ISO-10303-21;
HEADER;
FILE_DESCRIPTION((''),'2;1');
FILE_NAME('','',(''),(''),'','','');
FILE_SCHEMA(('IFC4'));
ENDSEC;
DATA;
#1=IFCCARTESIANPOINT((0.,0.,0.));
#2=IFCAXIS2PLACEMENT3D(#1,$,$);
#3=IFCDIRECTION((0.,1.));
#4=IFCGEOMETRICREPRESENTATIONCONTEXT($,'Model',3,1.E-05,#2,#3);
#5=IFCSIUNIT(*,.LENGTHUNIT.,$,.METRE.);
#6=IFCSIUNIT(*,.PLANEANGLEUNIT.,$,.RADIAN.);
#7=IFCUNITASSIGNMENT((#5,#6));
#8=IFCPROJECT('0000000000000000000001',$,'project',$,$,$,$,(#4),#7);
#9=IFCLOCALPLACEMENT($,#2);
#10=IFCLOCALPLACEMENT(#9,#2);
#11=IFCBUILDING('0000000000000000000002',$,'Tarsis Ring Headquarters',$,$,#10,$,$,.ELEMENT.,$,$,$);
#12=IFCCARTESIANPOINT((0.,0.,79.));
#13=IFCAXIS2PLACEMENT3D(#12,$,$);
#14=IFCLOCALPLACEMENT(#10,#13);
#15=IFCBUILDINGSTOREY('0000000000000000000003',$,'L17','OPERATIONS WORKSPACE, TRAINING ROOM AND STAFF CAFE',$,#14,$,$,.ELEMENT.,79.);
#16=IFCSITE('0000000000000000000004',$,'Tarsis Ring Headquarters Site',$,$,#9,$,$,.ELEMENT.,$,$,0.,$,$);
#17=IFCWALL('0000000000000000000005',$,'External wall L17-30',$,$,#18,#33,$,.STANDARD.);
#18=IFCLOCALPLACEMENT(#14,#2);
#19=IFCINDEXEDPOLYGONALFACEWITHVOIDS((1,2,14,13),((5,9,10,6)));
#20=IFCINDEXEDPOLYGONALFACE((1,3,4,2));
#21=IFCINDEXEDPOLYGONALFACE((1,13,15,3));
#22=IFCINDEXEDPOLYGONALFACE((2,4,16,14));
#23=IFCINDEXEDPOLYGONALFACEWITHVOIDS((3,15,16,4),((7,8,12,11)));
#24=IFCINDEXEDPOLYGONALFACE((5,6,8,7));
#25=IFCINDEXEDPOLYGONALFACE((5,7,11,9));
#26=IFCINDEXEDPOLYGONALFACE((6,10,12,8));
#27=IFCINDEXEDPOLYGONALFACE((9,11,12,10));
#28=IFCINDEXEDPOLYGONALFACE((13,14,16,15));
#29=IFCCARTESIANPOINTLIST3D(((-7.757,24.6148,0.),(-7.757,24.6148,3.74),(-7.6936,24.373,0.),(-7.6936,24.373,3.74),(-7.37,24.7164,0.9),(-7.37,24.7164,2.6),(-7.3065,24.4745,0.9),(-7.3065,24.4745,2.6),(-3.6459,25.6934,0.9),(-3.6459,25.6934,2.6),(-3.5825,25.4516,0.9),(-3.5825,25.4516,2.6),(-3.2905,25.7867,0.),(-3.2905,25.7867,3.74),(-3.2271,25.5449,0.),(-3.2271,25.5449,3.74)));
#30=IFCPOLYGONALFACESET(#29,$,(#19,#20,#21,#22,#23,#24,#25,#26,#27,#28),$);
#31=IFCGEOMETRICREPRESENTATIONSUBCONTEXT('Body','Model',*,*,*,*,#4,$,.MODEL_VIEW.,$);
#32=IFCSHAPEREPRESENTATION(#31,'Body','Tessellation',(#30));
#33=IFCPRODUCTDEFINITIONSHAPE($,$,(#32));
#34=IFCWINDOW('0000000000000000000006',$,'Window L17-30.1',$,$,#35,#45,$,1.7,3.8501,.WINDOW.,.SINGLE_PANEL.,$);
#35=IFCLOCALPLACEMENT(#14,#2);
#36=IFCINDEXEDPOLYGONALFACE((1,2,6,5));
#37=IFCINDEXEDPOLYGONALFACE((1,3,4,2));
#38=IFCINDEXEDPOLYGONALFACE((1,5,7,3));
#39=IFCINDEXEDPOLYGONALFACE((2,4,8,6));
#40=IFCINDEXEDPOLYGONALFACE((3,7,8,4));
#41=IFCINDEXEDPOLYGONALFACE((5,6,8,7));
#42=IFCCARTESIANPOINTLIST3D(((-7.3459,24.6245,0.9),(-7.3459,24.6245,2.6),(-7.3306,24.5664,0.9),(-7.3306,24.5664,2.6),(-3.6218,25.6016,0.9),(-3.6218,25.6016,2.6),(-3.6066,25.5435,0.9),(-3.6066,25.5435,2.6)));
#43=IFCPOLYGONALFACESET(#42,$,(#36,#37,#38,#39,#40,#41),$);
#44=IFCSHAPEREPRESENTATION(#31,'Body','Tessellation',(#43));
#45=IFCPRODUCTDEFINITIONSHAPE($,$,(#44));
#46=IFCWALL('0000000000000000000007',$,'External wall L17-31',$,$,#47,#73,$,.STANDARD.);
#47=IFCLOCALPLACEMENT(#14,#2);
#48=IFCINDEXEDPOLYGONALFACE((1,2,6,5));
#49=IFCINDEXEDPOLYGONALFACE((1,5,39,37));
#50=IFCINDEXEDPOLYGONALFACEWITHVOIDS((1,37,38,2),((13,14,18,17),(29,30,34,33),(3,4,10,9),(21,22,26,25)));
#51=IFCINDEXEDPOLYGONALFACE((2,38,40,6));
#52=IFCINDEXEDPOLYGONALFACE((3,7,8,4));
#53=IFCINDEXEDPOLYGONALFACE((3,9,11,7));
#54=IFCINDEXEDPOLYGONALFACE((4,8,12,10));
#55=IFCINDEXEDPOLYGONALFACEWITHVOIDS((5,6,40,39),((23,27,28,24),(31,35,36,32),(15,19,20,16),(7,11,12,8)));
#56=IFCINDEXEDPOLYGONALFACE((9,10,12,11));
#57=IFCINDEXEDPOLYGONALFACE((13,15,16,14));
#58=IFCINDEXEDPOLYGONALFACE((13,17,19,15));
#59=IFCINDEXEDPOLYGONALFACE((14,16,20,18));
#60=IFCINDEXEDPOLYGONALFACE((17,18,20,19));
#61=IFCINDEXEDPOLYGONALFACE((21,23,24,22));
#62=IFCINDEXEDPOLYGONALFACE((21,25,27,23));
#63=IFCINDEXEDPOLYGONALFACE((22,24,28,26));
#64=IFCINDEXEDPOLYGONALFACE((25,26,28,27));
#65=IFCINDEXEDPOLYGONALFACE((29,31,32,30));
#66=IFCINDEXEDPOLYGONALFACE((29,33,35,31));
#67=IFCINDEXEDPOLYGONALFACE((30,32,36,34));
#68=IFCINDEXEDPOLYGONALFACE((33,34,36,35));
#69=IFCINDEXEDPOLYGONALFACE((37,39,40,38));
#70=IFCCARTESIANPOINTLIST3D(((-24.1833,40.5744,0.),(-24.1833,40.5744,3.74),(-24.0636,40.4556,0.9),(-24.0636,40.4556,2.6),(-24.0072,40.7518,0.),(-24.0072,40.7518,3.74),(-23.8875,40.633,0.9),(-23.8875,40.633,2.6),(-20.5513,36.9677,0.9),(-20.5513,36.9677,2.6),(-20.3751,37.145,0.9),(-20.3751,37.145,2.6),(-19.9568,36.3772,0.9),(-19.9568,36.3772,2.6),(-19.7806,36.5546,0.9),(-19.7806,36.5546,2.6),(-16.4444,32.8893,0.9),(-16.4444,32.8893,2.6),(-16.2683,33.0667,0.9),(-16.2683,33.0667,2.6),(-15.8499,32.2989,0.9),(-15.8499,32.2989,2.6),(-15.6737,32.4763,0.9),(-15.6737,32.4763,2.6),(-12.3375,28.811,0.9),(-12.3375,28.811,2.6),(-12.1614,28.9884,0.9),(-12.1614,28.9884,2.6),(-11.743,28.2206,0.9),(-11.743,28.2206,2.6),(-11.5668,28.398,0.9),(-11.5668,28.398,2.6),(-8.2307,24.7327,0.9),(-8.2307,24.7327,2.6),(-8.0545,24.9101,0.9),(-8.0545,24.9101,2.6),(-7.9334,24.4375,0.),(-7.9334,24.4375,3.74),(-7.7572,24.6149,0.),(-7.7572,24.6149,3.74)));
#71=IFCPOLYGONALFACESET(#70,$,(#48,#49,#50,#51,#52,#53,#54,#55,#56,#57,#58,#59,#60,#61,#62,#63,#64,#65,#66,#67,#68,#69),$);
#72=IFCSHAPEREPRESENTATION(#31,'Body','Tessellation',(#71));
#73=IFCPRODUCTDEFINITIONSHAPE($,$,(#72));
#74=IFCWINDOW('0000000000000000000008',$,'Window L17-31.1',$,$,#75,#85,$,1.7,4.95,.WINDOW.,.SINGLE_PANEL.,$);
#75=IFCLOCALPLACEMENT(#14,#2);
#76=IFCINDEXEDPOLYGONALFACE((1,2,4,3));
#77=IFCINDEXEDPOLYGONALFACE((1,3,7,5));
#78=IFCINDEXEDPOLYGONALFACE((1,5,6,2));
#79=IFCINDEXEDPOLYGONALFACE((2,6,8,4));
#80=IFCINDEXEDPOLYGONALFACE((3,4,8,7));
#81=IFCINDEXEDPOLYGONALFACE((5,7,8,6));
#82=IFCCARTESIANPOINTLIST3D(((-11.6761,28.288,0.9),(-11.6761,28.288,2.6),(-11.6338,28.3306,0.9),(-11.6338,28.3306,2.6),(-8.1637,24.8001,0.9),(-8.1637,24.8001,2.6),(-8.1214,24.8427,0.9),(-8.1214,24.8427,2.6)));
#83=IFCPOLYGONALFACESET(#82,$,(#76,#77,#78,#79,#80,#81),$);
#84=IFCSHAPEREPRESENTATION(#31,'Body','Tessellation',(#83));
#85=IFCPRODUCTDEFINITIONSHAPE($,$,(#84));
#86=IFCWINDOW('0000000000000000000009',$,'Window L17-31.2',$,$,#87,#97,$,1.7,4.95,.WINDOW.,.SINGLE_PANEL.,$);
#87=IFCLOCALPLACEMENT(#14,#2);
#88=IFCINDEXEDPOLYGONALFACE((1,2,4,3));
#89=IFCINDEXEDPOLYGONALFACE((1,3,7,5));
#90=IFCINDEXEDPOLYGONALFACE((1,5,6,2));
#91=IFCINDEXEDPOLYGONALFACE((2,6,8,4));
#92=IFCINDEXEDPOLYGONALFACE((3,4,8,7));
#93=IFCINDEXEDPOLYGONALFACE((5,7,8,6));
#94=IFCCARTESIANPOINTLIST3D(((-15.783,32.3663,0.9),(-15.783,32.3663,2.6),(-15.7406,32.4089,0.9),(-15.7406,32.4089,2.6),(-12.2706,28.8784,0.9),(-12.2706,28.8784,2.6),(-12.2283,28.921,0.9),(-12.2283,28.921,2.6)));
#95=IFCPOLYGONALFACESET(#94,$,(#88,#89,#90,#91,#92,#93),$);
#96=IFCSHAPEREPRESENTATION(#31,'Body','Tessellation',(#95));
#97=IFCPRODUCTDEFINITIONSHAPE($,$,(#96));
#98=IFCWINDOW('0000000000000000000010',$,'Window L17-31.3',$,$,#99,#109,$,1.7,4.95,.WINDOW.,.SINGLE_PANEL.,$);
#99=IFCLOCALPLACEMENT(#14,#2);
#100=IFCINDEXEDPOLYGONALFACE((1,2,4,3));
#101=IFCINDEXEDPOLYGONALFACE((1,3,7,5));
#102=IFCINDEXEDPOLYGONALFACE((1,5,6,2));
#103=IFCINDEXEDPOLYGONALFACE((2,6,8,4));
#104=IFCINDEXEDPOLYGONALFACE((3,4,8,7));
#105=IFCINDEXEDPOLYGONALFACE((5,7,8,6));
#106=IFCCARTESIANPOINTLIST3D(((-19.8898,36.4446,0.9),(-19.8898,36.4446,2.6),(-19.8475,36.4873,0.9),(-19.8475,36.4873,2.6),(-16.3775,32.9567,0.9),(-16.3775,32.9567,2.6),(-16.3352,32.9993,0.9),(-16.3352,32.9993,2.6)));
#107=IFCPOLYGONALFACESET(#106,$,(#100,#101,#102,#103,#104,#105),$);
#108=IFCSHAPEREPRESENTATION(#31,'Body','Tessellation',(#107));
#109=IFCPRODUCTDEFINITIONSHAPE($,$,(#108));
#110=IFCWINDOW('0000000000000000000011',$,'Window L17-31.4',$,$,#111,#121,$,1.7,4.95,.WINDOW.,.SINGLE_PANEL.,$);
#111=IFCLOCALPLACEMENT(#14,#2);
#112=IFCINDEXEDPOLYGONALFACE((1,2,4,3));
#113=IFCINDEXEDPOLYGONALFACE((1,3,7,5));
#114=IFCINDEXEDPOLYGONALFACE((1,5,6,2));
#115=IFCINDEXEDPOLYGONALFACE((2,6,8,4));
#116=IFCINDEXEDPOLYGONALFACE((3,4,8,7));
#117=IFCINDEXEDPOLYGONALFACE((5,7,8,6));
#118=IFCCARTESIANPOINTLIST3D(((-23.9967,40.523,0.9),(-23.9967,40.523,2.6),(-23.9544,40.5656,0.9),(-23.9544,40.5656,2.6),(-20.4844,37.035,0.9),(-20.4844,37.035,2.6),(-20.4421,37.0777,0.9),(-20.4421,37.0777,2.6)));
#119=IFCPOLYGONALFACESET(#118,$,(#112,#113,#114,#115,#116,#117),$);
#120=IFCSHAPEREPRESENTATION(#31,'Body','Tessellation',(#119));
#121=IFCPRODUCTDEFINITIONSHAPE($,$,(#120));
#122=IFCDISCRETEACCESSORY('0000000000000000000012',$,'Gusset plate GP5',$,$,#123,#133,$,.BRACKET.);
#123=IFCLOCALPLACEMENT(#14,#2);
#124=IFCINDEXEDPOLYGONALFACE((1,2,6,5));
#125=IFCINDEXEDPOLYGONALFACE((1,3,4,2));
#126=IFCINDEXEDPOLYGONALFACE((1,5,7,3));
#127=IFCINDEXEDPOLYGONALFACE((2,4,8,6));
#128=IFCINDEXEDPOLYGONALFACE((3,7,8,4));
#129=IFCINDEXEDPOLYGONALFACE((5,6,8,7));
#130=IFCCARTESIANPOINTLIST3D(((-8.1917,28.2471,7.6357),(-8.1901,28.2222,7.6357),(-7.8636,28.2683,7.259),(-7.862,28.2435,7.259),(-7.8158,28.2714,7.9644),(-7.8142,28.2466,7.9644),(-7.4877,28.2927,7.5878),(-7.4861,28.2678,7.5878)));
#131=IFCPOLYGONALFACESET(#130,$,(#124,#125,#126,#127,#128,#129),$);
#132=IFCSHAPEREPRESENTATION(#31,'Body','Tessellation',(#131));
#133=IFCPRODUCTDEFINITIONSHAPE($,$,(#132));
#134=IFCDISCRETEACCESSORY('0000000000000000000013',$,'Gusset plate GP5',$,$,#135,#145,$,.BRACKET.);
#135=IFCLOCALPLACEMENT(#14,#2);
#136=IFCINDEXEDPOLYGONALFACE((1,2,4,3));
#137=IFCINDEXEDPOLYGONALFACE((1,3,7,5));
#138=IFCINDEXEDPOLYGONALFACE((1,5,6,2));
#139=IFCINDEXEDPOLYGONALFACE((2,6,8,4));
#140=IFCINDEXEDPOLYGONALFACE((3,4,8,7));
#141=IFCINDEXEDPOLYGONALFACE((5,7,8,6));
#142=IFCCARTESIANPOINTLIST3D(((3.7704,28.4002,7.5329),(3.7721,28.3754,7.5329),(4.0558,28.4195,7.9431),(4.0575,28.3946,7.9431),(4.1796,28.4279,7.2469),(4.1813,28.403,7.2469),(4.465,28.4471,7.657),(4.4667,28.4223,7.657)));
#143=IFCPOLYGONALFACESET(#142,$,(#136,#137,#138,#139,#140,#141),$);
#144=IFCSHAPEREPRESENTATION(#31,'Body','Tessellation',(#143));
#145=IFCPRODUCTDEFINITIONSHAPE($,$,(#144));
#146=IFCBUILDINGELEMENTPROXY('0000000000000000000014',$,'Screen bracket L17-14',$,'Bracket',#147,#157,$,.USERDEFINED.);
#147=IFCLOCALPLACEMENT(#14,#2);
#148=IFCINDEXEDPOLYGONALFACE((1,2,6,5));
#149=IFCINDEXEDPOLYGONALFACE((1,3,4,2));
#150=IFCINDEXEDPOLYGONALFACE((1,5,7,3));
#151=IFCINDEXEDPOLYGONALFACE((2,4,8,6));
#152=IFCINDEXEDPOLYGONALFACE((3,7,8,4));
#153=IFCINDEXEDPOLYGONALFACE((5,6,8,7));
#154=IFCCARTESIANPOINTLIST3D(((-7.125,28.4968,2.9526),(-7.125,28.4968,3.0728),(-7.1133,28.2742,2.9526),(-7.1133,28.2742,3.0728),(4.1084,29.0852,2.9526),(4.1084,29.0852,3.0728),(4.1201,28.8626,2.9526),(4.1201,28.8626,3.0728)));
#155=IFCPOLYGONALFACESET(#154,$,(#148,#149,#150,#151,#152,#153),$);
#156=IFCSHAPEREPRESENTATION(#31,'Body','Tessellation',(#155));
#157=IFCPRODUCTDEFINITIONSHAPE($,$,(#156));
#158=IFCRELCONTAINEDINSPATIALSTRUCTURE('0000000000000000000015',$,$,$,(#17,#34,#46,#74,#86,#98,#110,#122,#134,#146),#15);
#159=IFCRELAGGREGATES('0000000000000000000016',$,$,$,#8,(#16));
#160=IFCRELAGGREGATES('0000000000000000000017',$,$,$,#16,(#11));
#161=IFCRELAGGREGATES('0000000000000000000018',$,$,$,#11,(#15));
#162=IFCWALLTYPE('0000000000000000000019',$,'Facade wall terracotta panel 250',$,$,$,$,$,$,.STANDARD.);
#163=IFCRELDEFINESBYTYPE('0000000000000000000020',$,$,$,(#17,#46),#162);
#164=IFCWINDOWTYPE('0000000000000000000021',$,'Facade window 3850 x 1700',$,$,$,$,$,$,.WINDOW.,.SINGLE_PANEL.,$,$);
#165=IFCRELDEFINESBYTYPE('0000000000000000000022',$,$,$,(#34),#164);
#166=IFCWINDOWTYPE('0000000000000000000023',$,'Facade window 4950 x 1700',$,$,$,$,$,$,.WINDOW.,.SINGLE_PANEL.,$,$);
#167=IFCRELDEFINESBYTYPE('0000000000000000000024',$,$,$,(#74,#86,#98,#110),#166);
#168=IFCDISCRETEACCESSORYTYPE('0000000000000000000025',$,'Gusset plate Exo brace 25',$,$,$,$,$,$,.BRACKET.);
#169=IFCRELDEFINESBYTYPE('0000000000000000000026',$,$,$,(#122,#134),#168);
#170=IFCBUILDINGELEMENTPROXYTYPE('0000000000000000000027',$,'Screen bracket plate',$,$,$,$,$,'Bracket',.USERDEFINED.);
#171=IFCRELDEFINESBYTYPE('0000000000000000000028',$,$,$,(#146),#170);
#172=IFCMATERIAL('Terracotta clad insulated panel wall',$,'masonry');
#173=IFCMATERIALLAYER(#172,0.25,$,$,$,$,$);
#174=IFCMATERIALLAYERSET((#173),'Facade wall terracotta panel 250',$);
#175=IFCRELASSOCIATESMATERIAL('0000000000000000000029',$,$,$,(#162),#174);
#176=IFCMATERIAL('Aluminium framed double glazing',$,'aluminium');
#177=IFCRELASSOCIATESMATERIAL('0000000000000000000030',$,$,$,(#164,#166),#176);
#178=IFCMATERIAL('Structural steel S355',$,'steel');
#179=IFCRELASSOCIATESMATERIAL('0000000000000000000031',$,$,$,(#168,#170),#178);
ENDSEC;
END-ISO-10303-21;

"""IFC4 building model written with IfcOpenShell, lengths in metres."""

from ifc_helpers import new_model, si_unit, direction, frame, frame_2d, origin, origin_2d, place, context, subcontext, project, spatial, rectangle, extrude, material, layer, layer_set, material_profile, profile_set, type_object, element, fill, save


model = new_model("IFC4")

# Units and contexts
model_context = context("Model", 3, precision=1e-05, world=origin(), true_north=direction((0.0, 1.0)))
body_context = subcontext(model_context, "Body", "Model", "MODEL_VIEW")
ifc_project = project(units=[si_unit("LENGTHUNIT", "METRE"), si_unit("PLANEANGLEUNIT", "RADIAN")], contexts=[model_context])

# Site, building, storey
site_placement = place(None, origin())
site = spatial("IfcSite", under=ifc_project, at=site_placement, Name="Tarsis Ring Headquarters Site", CompositionType="ELEMENT", RefElevation=0.0)
building_placement = place(site_placement, origin())
building = spatial("IfcBuilding", under=site, at=building_placement, Name="Tarsis Ring Headquarters", CompositionType="ELEMENT")
storey_placement = place(building_placement, frame((0.0, 0.0, 79.0)))
storey = spatial("IfcBuildingStorey", under=building, at=storey_placement, Name="L17", Description="OPERATIONS WORKSPACE, TRAINING ROOM AND STAFF CAFE", CompositionType="ELEMENT", Elevation=79.0)

# Shared definitions
ifc_material_1 = material(Name="Structural steel S355", Category="steel")

# Wall, opening, window
ifc_material_2 = material(Name="Terracotta clad insulated panel wall", Category="masonry")
ifc_layer_1 = layer(ifc_material_2, 0.25)
ifc_layer_set_1 = layer_set([ifc_layer_1], Name="Facade wall terracotta panel 250")
wall_type_1 = type_object("IfcWallType", Name="Facade wall terracotta panel 250", PredefinedType="STANDARD", material=ifc_layer_set_1)
ifc_material_3 = material(Name="Aluminium framed double glazing", Category="aluminium")
wall_1_placement = place(storey_placement, frame((-3.2588, 25.6658, 0.0), z_axis=(0.0, 0.0, 1.0), x_axis=(-0.967263, -0.253778, 0.0)))
wall_1 = element("IfcWall", 1, at=wall_1_placement, inside=storey, type_object=wall_type_1, Name="External wall L17-30", PredefinedType="STANDARD", context=body_context, shape_type="SweptSolid", body=[
    extrude(rectangle(XDim=4.6177, YDim=0.25, at=frame_2d((2.3088, 0.0))), origin(), (0.0, 0.0, 1.0), 3.74),
])
opening_1_placement = place(wall_1_placement, frame((0.3674, 0.0, 0.8999)))
opening_1 = element("IfcOpeningElement", 2, at=opening_1_placement, cuts=wall_1, PredefinedType="OPENING", context=body_context, shape_type="SweptSolid", body=[
    extrude(rectangle(XDim=3.8501, YDim=1.7, at=frame_2d((1.925, 0.8501))), frame((0.0, 0.135, 0.0), z_axis=(0.0, -1.0, 0.0), x_axis=(1.0, 0.0, 0.0)), (0.0, 0.0, 1.0), 0.27),
])
window_type_1 = type_object("IfcWindowType", Name="Facade window 3850 x 1700", PartitioningType="SINGLE_PANEL", PredefinedType="WINDOW", material=ifc_material_3)
window_1_placement = place(opening_1_placement, origin())
window_1 = element("IfcWindow", 3, at=window_1_placement, inside=storey, type_object=window_type_1, Name="Window L17-30.1", OverallHeight=1.7, OverallWidth=3.8501, PartitioningType="SINGLE_PANEL", PredefinedType="WINDOW", context=body_context, shape_type="SweptSolid", body=[
    extrude(rectangle(XDim=3.8501, YDim=1.7, at=frame_2d((1.925, 0.8501))), frame((0.0, 0.03, 0.0), z_axis=(0.0, -1.0, 0.0), x_axis=(1.0, 0.0, 0.0)), (0.0, 0.0, 1.0), 0.0601),
])
fill(opening_1, window_1)

# Wall, openings, windows
wall_2_placement = place(storey_placement, frame((-7.8452, 24.5261, 0.0), z_axis=(0.0, 0.0, 1.0), x_axis=(-0.70957, 0.704635, 0.0)))
wall_2 = element("IfcWall", 4, at=wall_2_placement, inside=storey, type_object=wall_type_1, Name="External wall L17-31", PredefinedType="STANDARD", context=body_context, shape_type="SweptSolid", body=[
    extrude(rectangle(XDim=22.9011, YDim=0.25, at=frame_2d((11.4507, 0.0))), origin(), (0.0, 0.0, 1.0), 3.74),
])
opening_2_placement = place(wall_2_placement, frame((0.4189, 0.0, 0.8999)))
opening_2 = element("IfcOpeningElement", 5, at=opening_2_placement, cuts=wall_2, PredefinedType="OPENING", context=body_context, shape_type="SweptSolid", body=[
    extrude(rectangle(XDim=4.95, YDim=1.7, at=frame_2d((2.4751, 0.8501))), frame((0.0, 0.135, 0.0), z_axis=(0.0, -1.0, 0.0), x_axis=(1.0, 0.0, 0.0)), (0.0, 0.0, 1.0), 0.27),
])
opening_3_placement = place(wall_2_placement, frame((6.2068, 0.0, 0.8999)))
opening_3 = element("IfcOpeningElement", 6, at=opening_3_placement, cuts=wall_2, PredefinedType="OPENING", context=body_context, shape_type="SweptSolid", body=[
    extrude(rectangle(XDim=4.95, YDim=1.7, at=frame_2d((2.4751, 0.8501))), frame((0.0, 0.135, 0.0), z_axis=(0.0, -1.0, 0.0), x_axis=(1.0, 0.0, 0.0)), (0.0, 0.0, 1.0), 0.27),
])
opening_4_placement = place(wall_2_placement, frame((11.9946, 0.0, 0.8999)))
opening_4 = element("IfcOpeningElement", 7, at=opening_4_placement, cuts=wall_2, PredefinedType="OPENING", context=body_context, shape_type="SweptSolid", body=[
    extrude(rectangle(XDim=4.95, YDim=1.7, at=frame_2d((2.4751, 0.8501))), frame((0.0, 0.135, 0.0), z_axis=(0.0, -1.0, 0.0), x_axis=(1.0, 0.0, 0.0)), (0.0, 0.0, 1.0), 0.27),
])
opening_5_placement = place(wall_2_placement, frame((17.7825, 0.0, 0.8999)))
opening_5 = element("IfcOpeningElement", 8, at=opening_5_placement, cuts=wall_2, PredefinedType="OPENING", context=body_context, shape_type="SweptSolid", body=[
    extrude(rectangle(XDim=4.95, YDim=1.7, at=frame_2d((2.4751, 0.8501))), frame((0.0, 0.135, 0.0), z_axis=(0.0, -1.0, 0.0), x_axis=(1.0, 0.0, 0.0)), (0.0, 0.0, 1.0), 0.27),
])
window_type_2 = type_object("IfcWindowType", Name="Facade window 4950 x 1700", PartitioningType="SINGLE_PANEL", PredefinedType="WINDOW", material=ifc_material_3)
window_2_placement = place(opening_2_placement, origin())
window_2 = element("IfcWindow", 9, at=window_2_placement, inside=storey, type_object=window_type_2, Name="Window L17-31.1", OverallHeight=1.7, OverallWidth=4.95, PartitioningType="SINGLE_PANEL", PredefinedType="WINDOW", context=body_context, shape_type="SweptSolid", body=[
    extrude(rectangle(XDim=4.95, YDim=1.7, at=frame_2d((2.4751, 0.8501))), frame((0.0, 0.03, 0.0), z_axis=(0.0, -1.0, 0.0), x_axis=(1.0, 0.0, 0.0)), (0.0, 0.0, 1.0), 0.0601),
])
fill(opening_2, window_2)
window_3_placement = place(opening_3_placement, origin())
window_3 = element("IfcWindow", 10, at=window_3_placement, inside=storey, type_object=window_type_2, Name="Window L17-31.2", OverallHeight=1.7, OverallWidth=4.95, PartitioningType="SINGLE_PANEL", PredefinedType="WINDOW", context=body_context, shape_type="SweptSolid", body=[
    extrude(rectangle(XDim=4.95, YDim=1.7, at=frame_2d((2.4751, 0.8501))), frame((0.0, 0.03, 0.0), z_axis=(0.0, -1.0, 0.0), x_axis=(1.0, 0.0, 0.0)), (0.0, 0.0, 1.0), 0.0601),
])
fill(opening_3, window_3)
window_4_placement = place(opening_4_placement, origin())
window_4 = element("IfcWindow", 11, at=window_4_placement, inside=storey, type_object=window_type_2, Name="Window L17-31.3", OverallHeight=1.7, OverallWidth=4.95, PartitioningType="SINGLE_PANEL", PredefinedType="WINDOW", context=body_context, shape_type="SweptSolid", body=[
    extrude(rectangle(XDim=4.95, YDim=1.7, at=frame_2d((2.4751, 0.8501))), frame((0.0, 0.03, 0.0), z_axis=(0.0, -1.0, 0.0), x_axis=(1.0, 0.0, 0.0)), (0.0, 0.0, 1.0), 0.0601),
])
fill(opening_4, window_4)
window_5_placement = place(opening_5_placement, origin())
window_5 = element("IfcWindow", 12, at=window_5_placement, inside=storey, type_object=window_type_2, Name="Window L17-31.4", OverallHeight=1.7, OverallWidth=4.95, PartitioningType="SINGLE_PANEL", PredefinedType="WINDOW", context=body_context, shape_type="SweptSolid", body=[
    extrude(rectangle(XDim=4.95, YDim=1.7, at=frame_2d((2.4751, 0.8501))), frame((0.0, 0.03, 0.0), z_axis=(0.0, -1.0, 0.0), x_axis=(1.0, 0.0, 0.0)), (0.0, 0.0, 1.0), 0.0601),
])
fill(opening_5, window_5)

# Discrete accessories
ifc_material_profile_1 = material_profile(ifc_material_1, rectangle(XDim=0.0249, YDim=0.5, at=origin_2d()), Name="PL 25x500")
ifc_profile_set_1 = profile_set([ifc_material_profile_1], Name="Structural steel S355")
discrete_accessory_type = type_object("IfcDiscreteAccessoryType", Name="Gusset plate Exo brace 25", PredefinedType="BRACKET", material=ifc_profile_set_1)
for number, where, z_axis, x_axis, name in (
    (13, (-8.0029, 28.2468, 7.8), (0.656215, 0.042478, -0.753378), (-0.064597, 0.997911, 0.0), "Gusset plate GP5"),
    (14, (4.2612, 28.4209, 7.8), (-0.57074, -0.03857, -0.820225), (0.067425, -0.997724, 0.0), "Gusset plate GP5"),
):
    element("IfcDiscreteAccessory", number, at=place(storey_placement, frame(where, z_axis=z_axis, x_axis=x_axis)), inside=storey, type_object=discrete_accessory_type, Name=name, PredefinedType="BRACKET", context=body_context, shape_type="SweptSolid", body=[
        extrude(rectangle(XDim=0.0249, YDim=0.5, at=origin_2d()), origin(), (0.0, 0.0, 1.0), 0.5),
    ])

# Building element proxy
building_element_proxy_type = type_object("IfcBuildingElementProxyType", Name="Screen bracket plate", ElementType="Bracket", PredefinedType="USERDEFINED", material=ifc_material_1)
proxy_placement = place(storey_placement, frame((-1.5024, 28.6797, 2.9526), z_axis=(0.0, 0.0, 1.0), x_axis=(-0.998631, -0.052314, 0.0)))
element("IfcBuildingElementProxy", 15, at=proxy_placement, inside=storey, type_object=building_element_proxy_type, Name="Screen bracket L17-14", ObjectType="Bracket", PredefinedType="USERDEFINED", context=body_context, shape_type="SweptSolid", body=[
    extrude(rectangle(XDim=11.2488, YDim=0.2229, at=origin_2d()), origin(), (0.0, 0.0, 1.0), 0.1201),
])

save(model, "model.ifc")
